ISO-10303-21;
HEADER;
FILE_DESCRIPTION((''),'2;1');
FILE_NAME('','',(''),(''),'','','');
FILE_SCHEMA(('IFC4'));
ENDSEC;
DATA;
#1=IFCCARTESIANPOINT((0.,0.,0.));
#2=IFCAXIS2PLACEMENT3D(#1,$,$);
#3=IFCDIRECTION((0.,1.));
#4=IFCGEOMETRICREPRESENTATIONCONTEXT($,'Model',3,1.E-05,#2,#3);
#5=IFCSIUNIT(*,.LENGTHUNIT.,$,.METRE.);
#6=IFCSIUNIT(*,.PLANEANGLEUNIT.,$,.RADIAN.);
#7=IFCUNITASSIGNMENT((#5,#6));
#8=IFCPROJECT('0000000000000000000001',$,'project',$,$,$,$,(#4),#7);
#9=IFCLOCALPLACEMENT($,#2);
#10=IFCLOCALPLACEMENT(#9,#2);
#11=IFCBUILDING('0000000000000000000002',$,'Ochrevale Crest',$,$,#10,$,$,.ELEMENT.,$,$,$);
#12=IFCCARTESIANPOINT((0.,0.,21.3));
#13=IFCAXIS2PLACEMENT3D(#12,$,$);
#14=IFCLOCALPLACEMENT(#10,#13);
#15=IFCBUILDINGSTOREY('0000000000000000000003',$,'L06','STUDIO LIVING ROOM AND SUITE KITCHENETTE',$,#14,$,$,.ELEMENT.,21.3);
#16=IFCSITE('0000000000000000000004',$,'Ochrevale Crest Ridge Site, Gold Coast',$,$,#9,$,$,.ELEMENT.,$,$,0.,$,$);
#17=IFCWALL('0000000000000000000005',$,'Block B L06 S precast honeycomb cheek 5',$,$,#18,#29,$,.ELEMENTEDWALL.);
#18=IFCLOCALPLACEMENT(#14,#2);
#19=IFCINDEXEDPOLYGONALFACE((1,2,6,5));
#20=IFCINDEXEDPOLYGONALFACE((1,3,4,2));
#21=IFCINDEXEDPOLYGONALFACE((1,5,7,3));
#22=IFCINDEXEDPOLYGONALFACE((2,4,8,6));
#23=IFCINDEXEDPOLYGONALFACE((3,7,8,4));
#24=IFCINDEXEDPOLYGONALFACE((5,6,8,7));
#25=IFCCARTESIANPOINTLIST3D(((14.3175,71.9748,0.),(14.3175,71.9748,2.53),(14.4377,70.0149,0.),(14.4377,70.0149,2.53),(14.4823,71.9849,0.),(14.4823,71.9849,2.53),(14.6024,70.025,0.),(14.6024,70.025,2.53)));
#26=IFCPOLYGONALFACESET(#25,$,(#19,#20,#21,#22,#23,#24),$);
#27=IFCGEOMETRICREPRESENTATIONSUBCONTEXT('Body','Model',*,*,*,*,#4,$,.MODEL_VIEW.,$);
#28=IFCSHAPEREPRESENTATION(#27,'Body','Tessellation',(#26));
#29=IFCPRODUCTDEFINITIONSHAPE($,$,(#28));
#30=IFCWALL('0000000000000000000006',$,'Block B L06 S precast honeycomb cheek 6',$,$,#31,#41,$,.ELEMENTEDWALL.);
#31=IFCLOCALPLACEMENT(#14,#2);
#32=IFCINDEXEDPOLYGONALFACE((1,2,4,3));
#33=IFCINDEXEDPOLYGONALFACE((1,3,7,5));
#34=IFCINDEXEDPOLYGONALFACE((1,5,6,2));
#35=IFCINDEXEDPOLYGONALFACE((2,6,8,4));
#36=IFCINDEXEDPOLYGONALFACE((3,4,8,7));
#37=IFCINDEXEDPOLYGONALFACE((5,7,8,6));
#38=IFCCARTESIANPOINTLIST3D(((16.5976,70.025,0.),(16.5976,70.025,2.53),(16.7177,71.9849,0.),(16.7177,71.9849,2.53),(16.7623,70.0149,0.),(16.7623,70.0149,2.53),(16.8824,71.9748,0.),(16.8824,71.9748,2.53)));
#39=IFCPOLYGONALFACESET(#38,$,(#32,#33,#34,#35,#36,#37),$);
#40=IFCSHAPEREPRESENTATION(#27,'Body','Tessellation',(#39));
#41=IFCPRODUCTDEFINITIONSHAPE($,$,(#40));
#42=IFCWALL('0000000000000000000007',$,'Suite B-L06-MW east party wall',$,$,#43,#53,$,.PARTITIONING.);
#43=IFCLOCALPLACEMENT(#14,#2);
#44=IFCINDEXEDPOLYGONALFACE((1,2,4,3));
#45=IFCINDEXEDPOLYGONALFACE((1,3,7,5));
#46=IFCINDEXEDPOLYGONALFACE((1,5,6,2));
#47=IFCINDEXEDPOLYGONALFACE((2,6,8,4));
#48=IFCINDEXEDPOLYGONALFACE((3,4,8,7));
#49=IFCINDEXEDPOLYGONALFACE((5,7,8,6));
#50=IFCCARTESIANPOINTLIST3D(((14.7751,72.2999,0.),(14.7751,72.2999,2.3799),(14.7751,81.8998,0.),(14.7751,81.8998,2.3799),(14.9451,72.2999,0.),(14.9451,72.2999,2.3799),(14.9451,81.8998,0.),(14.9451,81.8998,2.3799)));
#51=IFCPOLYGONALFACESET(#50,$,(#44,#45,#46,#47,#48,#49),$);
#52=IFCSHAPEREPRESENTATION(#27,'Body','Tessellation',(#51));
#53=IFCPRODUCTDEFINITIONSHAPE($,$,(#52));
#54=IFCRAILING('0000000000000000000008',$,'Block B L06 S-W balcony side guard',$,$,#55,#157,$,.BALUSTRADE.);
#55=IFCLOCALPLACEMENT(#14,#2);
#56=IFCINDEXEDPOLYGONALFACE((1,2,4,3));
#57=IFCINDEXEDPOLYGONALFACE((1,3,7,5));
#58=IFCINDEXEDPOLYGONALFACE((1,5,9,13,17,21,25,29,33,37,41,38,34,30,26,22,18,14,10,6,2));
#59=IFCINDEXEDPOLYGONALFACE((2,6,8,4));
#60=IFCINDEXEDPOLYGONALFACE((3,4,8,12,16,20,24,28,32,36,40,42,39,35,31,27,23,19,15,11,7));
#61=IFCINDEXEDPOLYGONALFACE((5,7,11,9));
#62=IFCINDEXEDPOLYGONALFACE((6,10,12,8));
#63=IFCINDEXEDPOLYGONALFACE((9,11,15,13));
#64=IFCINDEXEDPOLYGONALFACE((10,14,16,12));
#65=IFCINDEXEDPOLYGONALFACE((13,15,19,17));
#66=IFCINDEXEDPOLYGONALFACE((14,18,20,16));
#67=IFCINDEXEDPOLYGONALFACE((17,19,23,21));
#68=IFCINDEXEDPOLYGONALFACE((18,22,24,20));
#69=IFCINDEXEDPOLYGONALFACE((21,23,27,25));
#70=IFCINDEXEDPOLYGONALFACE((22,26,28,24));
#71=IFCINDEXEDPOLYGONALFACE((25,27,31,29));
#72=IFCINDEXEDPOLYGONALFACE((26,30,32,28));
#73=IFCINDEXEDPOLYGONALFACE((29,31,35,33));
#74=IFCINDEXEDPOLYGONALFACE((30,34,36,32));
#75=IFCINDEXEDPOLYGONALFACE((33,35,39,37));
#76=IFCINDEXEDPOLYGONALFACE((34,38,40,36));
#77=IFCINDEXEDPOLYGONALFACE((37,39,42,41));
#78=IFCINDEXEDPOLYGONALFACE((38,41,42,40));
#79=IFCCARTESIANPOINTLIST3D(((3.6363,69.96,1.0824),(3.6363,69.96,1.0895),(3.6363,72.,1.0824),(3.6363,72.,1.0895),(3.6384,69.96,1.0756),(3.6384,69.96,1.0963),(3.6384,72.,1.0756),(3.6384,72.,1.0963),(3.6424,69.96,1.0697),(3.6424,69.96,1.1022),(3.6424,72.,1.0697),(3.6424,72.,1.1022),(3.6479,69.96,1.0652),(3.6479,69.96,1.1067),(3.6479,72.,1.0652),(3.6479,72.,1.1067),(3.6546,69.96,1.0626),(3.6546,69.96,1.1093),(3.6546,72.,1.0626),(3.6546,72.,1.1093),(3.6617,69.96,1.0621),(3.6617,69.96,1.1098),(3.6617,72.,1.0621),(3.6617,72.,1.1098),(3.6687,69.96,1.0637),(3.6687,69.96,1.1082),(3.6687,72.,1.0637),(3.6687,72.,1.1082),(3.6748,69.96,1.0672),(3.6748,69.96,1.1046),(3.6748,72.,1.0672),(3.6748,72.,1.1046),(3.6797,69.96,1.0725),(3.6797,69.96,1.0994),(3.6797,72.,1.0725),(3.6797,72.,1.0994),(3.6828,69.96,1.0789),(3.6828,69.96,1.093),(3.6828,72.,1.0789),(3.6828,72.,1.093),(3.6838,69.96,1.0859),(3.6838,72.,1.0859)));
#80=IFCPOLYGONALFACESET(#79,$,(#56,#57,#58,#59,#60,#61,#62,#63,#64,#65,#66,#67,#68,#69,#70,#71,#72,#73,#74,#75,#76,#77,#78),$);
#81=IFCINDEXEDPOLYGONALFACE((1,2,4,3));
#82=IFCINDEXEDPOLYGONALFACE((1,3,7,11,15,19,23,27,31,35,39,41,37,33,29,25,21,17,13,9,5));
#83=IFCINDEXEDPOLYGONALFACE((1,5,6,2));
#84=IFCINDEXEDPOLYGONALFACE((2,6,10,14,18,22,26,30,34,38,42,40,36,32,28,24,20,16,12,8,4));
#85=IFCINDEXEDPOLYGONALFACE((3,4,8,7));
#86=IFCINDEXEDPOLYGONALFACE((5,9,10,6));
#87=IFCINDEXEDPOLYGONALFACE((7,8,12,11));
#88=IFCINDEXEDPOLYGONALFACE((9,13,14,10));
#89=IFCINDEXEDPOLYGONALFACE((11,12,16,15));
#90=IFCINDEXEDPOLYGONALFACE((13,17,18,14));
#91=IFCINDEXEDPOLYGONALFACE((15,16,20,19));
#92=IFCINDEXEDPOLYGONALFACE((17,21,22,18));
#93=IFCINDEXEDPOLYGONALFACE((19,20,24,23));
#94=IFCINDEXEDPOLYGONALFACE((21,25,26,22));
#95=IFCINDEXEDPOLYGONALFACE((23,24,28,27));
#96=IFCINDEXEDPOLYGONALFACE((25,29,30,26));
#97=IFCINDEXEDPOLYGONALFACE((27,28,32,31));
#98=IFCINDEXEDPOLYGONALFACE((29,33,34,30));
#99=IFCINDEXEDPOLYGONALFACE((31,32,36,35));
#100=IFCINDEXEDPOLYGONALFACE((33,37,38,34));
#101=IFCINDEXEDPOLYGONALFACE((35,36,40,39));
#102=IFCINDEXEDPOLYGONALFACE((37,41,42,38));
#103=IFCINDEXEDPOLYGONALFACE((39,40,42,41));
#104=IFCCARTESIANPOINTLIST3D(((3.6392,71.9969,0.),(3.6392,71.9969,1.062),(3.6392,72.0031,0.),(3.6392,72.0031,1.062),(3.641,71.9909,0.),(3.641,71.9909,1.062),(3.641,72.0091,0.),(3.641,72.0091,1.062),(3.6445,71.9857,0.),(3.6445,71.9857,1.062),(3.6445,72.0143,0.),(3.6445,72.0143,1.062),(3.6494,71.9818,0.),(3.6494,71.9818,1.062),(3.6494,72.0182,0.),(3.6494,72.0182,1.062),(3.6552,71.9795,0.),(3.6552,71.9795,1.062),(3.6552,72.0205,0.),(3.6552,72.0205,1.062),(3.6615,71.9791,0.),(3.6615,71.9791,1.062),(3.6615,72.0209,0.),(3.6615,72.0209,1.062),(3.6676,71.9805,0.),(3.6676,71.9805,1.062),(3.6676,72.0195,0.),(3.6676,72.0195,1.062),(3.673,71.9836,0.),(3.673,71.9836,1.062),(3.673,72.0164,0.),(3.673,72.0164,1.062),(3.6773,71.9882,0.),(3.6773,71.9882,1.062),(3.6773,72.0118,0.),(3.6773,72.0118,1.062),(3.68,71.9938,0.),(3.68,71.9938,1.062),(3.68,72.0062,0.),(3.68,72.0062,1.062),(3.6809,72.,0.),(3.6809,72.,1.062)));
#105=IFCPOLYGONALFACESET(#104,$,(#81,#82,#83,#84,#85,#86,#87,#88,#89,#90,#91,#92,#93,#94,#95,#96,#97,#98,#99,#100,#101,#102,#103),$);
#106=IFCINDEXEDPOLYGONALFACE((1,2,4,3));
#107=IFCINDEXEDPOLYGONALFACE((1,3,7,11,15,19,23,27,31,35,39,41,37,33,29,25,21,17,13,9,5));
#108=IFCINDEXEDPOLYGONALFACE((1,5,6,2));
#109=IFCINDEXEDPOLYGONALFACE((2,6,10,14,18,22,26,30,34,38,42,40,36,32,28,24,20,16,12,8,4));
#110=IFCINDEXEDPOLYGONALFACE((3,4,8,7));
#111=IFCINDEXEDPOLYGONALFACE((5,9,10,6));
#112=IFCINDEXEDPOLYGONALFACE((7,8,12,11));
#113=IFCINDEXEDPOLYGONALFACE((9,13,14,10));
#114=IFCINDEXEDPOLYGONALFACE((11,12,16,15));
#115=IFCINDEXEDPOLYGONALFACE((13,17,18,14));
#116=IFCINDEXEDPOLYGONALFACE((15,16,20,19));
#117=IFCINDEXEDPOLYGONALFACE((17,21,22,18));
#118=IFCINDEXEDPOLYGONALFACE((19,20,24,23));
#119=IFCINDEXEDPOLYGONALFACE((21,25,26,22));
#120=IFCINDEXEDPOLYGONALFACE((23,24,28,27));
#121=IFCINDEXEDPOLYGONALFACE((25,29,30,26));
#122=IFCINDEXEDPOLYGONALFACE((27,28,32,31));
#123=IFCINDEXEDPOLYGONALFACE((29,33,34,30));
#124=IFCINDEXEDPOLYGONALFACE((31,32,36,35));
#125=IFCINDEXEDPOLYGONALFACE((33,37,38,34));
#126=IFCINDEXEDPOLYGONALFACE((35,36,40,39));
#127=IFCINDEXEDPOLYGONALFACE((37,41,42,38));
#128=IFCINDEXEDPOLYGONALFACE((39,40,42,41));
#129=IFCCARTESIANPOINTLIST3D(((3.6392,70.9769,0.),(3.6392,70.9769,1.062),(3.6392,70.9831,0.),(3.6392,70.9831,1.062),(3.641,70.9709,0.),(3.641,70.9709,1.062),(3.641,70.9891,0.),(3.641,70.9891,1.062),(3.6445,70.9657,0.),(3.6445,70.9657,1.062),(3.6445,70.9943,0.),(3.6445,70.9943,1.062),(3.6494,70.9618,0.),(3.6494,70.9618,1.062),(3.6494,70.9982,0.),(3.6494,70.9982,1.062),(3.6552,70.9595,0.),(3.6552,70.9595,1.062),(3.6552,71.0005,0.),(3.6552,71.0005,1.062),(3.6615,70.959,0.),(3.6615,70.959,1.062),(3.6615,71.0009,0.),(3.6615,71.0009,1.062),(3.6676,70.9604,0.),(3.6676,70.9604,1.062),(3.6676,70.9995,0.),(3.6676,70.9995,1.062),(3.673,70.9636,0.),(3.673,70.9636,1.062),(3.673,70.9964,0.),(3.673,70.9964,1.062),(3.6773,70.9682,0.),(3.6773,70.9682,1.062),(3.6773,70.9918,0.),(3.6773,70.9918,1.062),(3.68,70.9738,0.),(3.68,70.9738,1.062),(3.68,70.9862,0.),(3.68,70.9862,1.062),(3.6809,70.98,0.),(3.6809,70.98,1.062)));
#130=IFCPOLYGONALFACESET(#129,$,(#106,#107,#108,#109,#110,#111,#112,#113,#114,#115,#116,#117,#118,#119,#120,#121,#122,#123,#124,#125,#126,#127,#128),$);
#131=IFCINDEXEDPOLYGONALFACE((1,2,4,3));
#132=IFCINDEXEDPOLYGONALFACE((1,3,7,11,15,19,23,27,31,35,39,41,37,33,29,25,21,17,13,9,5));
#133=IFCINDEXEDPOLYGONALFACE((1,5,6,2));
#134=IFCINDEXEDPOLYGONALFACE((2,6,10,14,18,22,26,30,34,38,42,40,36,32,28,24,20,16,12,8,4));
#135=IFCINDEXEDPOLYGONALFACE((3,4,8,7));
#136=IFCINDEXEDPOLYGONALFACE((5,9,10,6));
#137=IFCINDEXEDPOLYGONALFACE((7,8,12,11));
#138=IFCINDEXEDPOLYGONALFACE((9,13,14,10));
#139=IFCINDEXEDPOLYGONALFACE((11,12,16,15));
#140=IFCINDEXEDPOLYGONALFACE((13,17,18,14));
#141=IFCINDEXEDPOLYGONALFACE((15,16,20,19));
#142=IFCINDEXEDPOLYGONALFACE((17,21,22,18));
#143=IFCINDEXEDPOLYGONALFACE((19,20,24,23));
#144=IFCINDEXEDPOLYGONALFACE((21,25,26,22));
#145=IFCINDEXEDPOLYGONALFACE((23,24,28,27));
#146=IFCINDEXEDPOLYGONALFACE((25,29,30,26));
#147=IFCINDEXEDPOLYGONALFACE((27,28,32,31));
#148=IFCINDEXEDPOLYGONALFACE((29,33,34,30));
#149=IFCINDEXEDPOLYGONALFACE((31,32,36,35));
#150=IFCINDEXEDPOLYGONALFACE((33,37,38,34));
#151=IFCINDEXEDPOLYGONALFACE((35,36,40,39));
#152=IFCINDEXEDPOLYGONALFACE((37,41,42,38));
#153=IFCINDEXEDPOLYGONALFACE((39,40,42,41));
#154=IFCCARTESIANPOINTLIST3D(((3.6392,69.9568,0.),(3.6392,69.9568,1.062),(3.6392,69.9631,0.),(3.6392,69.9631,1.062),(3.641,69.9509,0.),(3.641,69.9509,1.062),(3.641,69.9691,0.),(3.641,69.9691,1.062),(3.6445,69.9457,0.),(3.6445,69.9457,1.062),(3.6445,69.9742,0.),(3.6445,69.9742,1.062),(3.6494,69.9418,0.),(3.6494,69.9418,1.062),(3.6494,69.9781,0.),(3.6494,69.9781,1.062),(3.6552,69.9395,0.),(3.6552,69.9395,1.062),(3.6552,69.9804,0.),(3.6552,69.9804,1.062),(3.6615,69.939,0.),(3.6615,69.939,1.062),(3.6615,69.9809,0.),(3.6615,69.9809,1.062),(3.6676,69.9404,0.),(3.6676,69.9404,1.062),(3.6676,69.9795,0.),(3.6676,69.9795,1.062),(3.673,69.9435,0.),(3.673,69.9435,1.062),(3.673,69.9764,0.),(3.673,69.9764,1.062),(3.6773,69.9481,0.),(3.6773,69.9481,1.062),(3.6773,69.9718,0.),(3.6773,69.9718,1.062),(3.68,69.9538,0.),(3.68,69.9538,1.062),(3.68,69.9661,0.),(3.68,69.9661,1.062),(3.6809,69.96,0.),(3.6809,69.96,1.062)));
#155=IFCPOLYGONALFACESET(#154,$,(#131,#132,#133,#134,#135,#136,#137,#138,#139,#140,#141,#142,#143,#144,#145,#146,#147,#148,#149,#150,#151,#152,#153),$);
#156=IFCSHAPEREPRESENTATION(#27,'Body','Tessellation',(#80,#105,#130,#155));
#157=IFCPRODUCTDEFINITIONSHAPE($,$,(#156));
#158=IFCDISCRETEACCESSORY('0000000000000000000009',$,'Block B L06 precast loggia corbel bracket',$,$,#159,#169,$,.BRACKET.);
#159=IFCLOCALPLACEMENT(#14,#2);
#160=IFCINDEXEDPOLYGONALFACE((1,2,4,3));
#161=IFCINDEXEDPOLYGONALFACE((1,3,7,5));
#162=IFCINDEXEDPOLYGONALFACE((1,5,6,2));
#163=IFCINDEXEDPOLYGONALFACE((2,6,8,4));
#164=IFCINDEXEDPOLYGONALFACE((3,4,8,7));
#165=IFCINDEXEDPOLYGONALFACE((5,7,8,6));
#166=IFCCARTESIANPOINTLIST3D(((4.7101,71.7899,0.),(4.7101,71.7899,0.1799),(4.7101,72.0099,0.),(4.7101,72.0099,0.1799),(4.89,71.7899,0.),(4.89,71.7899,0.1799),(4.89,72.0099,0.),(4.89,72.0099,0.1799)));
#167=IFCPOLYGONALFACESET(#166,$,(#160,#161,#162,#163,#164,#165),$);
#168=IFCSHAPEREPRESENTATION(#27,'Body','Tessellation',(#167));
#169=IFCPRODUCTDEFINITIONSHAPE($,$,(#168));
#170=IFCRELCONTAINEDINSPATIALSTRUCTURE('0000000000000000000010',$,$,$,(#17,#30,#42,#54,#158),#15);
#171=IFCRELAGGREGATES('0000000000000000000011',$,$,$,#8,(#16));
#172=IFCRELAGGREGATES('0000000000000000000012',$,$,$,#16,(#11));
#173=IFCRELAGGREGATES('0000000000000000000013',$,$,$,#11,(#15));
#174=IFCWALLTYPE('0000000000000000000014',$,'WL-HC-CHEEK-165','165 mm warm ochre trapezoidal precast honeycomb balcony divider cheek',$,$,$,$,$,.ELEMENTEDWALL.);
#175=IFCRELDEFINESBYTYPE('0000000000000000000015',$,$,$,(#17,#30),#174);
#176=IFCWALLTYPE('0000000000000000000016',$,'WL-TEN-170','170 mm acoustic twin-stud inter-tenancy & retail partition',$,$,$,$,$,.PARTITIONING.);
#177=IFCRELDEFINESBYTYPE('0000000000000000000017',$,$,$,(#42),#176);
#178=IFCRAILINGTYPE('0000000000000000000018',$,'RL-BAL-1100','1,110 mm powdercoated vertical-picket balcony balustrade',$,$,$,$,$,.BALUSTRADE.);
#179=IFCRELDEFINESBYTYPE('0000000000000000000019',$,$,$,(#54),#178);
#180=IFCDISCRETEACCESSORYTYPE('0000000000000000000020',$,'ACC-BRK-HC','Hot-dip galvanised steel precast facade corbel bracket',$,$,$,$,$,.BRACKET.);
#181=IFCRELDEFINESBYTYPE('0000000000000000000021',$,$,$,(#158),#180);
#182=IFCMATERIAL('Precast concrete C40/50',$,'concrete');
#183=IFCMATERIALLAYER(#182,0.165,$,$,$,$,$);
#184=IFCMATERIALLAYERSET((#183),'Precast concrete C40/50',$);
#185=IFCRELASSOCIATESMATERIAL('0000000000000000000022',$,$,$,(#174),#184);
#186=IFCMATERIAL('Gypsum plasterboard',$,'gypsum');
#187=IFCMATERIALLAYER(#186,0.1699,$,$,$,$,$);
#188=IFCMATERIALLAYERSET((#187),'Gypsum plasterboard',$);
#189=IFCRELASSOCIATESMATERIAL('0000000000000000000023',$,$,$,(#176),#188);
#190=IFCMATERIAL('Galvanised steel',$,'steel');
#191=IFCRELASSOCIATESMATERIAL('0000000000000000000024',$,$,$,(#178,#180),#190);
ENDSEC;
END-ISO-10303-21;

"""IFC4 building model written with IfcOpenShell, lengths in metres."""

from ifc_helpers import new_model, si_unit, direction, frame, frame_2d, origin, origin_2d, place, context, subcontext, project, spatial, rectangle, circle, extrude, material, layer, layer_set, type_object, element, save


model = new_model("IFC4")

# Units and contexts
model_context = context("Model", 3, precision=1e-05, world=origin(), true_north=direction((0.0, 1.0)))
body_context = subcontext(model_context, "Body", "Model", "MODEL_VIEW")
ifc_project = project(units=[si_unit("LENGTHUNIT", "METRE"), si_unit("PLANEANGLEUNIT", "RADIAN")], contexts=[model_context])

# Site, building, storey
site_placement = place(None, origin())
site = spatial("IfcSite", under=ifc_project, at=site_placement, Name="Ochrevale Crest Ridge Site, Gold Coast", CompositionType="ELEMENT", RefElevation=0.0)
building_placement = place(site_placement, origin())
building = spatial("IfcBuilding", under=site, at=building_placement, Name="Ochrevale Crest", CompositionType="ELEMENT")
storey_placement = place(building_placement, frame((0.0, 0.0, 21.3)))
storey = spatial("IfcBuildingStorey", under=building, at=storey_placement, Name="L06", Description="STUDIO LIVING ROOM AND SUITE KITCHENETTE", CompositionType="ELEMENT", Elevation=21.3)

# Shared definitions
ifc_material_1 = material(Name="Precast concrete C40/50", Category="concrete")

# Walls
ifc_layer_1 = layer(ifc_material_1, 0.165)
ifc_layer_set_1 = layer_set([ifc_layer_1], Name="Precast concrete C40/50")
wall_type_1 = type_object("IfcWallType", Name="WL-HC-CHEEK-165", Description="165 mm warm ochre trapezoidal precast honeycomb balcony divider cheek", PredefinedType="ELEMENTEDWALL", material=ifc_layer_set_1)
for number, where, z_axis, x_axis, name in (
    (1, (14.3999, 71.98, 0.0), (0.0, 0.0, 1.0), (0.061171, -0.998127, 0.0), "Block B L06 S precast honeycomb cheek 5"),
    (2, (16.8, 71.98, 0.0), (0.0, 0.0, 1.0), (-0.061171, -0.998127, 0.0), "Block B L06 S precast honeycomb cheek 6"),
):
    element("IfcWall", number, at=place(storey_placement, frame(where, z_axis=z_axis, x_axis=x_axis)), inside=storey, type_object=wall_type_1, Name=name, PredefinedType="ELEMENTEDWALL", context=body_context, shape_type="SweptSolid", body=[
        extrude(rectangle(XDim=1.9636, YDim=0.165, at=frame_2d((0.9819, 0.0))), origin(), (0.0, 0.0, 1.0), 2.53),
    ])
ifc_material_2 = material(Name="Gypsum plasterboard", Category="gypsum")
ifc_layer_2 = layer(ifc_material_2, 0.1699)
ifc_layer_set_2 = layer_set([ifc_layer_2], Name="Gypsum plasterboard")
wall_type_2 = type_object("IfcWallType", Name="WL-TEN-170", Description="170 mm acoustic twin-stud inter-tenancy & retail partition", PredefinedType="PARTITIONING", material=ifc_layer_set_2)
wall_1_placement = place(storey_placement, frame((14.8601, 72.3, 0.0), z_axis=(0.0, 0.0, 1.0), x_axis=(0.0, 1.0, 0.0)))
element("IfcWall", 3, at=wall_1_placement, inside=storey, type_object=wall_type_2, Name="Suite B-L06-MW east party wall", PredefinedType="PARTITIONING", context=body_context, shape_type="SweptSolid", body=[
    extrude(rectangle(XDim=9.5999, YDim=0.1699, at=frame_2d((4.7998, 0.0))), origin(), (0.0, 0.0, 1.0), 2.3799),
])

# Railing
ifc_material_3 = material(Name="Galvanised steel", Category="steel")
railing_type = type_object("IfcRailingType", Name="RL-BAL-1100", Description="1,110 mm powdercoated vertical-picket balcony balustrade", PredefinedType="BALUSTRADE", material=ifc_material_3)
railing_placement = place(storey_placement, frame((3.6599, 72.0, 0.0)))
element("IfcRailing", 4, at=railing_placement, inside=storey, type_object=railing_type, Name="Block B L06 S-W balcony side guard", PredefinedType="BALUSTRADE", context=body_context, shape_type="SweptSolid", body=[
    extrude(circle(Radius=0.0239, at=origin_2d()), frame((0.0, 0.0, 1.0859), z_axis=(0.0, -1.0, 0.0), x_axis=(1.0, 0.0, 0.0)), (0.0, 0.0, 1.0), 2.04),
    extrude(circle(Radius=0.021, at=origin_2d()), origin(), (0.0, 0.0, 1.0), 1.062),
    extrude(circle(Radius=0.021, at=origin_2d()), frame((0.0, -1.02, 0.0)), (0.0, 0.0, 1.0), 1.062),
    extrude(circle(Radius=0.021, at=origin_2d()), frame((0.0, -2.04, 0.0)), (0.0, 0.0, 1.0), 1.062),
])

# Discrete accessory
discrete_accessory_type = type_object("IfcDiscreteAccessoryType", Name="ACC-BRK-HC", Description="Hot-dip galvanised steel precast facade corbel bracket", PredefinedType="BRACKET", material=ifc_material_3)
discrete_accessory_placement = place(storey_placement, frame((4.8, 71.8999, 0.0), z_axis=(0.0, 0.0, 1.0), x_axis=(1.0, 0.0, 0.0)))
element("IfcDiscreteAccessory", 5, at=discrete_accessory_placement, inside=storey, type_object=discrete_accessory_type, Name="Block B L06 precast loggia corbel bracket", PredefinedType="BRACKET", context=body_context, shape_type="SweptSolid", body=[
    extrude(rectangle(XDim=0.1799, YDim=0.22, at=origin_2d()), origin(), (0.0, 0.0, 1.0), 0.1799),
])

save(model, "model.ifc")
